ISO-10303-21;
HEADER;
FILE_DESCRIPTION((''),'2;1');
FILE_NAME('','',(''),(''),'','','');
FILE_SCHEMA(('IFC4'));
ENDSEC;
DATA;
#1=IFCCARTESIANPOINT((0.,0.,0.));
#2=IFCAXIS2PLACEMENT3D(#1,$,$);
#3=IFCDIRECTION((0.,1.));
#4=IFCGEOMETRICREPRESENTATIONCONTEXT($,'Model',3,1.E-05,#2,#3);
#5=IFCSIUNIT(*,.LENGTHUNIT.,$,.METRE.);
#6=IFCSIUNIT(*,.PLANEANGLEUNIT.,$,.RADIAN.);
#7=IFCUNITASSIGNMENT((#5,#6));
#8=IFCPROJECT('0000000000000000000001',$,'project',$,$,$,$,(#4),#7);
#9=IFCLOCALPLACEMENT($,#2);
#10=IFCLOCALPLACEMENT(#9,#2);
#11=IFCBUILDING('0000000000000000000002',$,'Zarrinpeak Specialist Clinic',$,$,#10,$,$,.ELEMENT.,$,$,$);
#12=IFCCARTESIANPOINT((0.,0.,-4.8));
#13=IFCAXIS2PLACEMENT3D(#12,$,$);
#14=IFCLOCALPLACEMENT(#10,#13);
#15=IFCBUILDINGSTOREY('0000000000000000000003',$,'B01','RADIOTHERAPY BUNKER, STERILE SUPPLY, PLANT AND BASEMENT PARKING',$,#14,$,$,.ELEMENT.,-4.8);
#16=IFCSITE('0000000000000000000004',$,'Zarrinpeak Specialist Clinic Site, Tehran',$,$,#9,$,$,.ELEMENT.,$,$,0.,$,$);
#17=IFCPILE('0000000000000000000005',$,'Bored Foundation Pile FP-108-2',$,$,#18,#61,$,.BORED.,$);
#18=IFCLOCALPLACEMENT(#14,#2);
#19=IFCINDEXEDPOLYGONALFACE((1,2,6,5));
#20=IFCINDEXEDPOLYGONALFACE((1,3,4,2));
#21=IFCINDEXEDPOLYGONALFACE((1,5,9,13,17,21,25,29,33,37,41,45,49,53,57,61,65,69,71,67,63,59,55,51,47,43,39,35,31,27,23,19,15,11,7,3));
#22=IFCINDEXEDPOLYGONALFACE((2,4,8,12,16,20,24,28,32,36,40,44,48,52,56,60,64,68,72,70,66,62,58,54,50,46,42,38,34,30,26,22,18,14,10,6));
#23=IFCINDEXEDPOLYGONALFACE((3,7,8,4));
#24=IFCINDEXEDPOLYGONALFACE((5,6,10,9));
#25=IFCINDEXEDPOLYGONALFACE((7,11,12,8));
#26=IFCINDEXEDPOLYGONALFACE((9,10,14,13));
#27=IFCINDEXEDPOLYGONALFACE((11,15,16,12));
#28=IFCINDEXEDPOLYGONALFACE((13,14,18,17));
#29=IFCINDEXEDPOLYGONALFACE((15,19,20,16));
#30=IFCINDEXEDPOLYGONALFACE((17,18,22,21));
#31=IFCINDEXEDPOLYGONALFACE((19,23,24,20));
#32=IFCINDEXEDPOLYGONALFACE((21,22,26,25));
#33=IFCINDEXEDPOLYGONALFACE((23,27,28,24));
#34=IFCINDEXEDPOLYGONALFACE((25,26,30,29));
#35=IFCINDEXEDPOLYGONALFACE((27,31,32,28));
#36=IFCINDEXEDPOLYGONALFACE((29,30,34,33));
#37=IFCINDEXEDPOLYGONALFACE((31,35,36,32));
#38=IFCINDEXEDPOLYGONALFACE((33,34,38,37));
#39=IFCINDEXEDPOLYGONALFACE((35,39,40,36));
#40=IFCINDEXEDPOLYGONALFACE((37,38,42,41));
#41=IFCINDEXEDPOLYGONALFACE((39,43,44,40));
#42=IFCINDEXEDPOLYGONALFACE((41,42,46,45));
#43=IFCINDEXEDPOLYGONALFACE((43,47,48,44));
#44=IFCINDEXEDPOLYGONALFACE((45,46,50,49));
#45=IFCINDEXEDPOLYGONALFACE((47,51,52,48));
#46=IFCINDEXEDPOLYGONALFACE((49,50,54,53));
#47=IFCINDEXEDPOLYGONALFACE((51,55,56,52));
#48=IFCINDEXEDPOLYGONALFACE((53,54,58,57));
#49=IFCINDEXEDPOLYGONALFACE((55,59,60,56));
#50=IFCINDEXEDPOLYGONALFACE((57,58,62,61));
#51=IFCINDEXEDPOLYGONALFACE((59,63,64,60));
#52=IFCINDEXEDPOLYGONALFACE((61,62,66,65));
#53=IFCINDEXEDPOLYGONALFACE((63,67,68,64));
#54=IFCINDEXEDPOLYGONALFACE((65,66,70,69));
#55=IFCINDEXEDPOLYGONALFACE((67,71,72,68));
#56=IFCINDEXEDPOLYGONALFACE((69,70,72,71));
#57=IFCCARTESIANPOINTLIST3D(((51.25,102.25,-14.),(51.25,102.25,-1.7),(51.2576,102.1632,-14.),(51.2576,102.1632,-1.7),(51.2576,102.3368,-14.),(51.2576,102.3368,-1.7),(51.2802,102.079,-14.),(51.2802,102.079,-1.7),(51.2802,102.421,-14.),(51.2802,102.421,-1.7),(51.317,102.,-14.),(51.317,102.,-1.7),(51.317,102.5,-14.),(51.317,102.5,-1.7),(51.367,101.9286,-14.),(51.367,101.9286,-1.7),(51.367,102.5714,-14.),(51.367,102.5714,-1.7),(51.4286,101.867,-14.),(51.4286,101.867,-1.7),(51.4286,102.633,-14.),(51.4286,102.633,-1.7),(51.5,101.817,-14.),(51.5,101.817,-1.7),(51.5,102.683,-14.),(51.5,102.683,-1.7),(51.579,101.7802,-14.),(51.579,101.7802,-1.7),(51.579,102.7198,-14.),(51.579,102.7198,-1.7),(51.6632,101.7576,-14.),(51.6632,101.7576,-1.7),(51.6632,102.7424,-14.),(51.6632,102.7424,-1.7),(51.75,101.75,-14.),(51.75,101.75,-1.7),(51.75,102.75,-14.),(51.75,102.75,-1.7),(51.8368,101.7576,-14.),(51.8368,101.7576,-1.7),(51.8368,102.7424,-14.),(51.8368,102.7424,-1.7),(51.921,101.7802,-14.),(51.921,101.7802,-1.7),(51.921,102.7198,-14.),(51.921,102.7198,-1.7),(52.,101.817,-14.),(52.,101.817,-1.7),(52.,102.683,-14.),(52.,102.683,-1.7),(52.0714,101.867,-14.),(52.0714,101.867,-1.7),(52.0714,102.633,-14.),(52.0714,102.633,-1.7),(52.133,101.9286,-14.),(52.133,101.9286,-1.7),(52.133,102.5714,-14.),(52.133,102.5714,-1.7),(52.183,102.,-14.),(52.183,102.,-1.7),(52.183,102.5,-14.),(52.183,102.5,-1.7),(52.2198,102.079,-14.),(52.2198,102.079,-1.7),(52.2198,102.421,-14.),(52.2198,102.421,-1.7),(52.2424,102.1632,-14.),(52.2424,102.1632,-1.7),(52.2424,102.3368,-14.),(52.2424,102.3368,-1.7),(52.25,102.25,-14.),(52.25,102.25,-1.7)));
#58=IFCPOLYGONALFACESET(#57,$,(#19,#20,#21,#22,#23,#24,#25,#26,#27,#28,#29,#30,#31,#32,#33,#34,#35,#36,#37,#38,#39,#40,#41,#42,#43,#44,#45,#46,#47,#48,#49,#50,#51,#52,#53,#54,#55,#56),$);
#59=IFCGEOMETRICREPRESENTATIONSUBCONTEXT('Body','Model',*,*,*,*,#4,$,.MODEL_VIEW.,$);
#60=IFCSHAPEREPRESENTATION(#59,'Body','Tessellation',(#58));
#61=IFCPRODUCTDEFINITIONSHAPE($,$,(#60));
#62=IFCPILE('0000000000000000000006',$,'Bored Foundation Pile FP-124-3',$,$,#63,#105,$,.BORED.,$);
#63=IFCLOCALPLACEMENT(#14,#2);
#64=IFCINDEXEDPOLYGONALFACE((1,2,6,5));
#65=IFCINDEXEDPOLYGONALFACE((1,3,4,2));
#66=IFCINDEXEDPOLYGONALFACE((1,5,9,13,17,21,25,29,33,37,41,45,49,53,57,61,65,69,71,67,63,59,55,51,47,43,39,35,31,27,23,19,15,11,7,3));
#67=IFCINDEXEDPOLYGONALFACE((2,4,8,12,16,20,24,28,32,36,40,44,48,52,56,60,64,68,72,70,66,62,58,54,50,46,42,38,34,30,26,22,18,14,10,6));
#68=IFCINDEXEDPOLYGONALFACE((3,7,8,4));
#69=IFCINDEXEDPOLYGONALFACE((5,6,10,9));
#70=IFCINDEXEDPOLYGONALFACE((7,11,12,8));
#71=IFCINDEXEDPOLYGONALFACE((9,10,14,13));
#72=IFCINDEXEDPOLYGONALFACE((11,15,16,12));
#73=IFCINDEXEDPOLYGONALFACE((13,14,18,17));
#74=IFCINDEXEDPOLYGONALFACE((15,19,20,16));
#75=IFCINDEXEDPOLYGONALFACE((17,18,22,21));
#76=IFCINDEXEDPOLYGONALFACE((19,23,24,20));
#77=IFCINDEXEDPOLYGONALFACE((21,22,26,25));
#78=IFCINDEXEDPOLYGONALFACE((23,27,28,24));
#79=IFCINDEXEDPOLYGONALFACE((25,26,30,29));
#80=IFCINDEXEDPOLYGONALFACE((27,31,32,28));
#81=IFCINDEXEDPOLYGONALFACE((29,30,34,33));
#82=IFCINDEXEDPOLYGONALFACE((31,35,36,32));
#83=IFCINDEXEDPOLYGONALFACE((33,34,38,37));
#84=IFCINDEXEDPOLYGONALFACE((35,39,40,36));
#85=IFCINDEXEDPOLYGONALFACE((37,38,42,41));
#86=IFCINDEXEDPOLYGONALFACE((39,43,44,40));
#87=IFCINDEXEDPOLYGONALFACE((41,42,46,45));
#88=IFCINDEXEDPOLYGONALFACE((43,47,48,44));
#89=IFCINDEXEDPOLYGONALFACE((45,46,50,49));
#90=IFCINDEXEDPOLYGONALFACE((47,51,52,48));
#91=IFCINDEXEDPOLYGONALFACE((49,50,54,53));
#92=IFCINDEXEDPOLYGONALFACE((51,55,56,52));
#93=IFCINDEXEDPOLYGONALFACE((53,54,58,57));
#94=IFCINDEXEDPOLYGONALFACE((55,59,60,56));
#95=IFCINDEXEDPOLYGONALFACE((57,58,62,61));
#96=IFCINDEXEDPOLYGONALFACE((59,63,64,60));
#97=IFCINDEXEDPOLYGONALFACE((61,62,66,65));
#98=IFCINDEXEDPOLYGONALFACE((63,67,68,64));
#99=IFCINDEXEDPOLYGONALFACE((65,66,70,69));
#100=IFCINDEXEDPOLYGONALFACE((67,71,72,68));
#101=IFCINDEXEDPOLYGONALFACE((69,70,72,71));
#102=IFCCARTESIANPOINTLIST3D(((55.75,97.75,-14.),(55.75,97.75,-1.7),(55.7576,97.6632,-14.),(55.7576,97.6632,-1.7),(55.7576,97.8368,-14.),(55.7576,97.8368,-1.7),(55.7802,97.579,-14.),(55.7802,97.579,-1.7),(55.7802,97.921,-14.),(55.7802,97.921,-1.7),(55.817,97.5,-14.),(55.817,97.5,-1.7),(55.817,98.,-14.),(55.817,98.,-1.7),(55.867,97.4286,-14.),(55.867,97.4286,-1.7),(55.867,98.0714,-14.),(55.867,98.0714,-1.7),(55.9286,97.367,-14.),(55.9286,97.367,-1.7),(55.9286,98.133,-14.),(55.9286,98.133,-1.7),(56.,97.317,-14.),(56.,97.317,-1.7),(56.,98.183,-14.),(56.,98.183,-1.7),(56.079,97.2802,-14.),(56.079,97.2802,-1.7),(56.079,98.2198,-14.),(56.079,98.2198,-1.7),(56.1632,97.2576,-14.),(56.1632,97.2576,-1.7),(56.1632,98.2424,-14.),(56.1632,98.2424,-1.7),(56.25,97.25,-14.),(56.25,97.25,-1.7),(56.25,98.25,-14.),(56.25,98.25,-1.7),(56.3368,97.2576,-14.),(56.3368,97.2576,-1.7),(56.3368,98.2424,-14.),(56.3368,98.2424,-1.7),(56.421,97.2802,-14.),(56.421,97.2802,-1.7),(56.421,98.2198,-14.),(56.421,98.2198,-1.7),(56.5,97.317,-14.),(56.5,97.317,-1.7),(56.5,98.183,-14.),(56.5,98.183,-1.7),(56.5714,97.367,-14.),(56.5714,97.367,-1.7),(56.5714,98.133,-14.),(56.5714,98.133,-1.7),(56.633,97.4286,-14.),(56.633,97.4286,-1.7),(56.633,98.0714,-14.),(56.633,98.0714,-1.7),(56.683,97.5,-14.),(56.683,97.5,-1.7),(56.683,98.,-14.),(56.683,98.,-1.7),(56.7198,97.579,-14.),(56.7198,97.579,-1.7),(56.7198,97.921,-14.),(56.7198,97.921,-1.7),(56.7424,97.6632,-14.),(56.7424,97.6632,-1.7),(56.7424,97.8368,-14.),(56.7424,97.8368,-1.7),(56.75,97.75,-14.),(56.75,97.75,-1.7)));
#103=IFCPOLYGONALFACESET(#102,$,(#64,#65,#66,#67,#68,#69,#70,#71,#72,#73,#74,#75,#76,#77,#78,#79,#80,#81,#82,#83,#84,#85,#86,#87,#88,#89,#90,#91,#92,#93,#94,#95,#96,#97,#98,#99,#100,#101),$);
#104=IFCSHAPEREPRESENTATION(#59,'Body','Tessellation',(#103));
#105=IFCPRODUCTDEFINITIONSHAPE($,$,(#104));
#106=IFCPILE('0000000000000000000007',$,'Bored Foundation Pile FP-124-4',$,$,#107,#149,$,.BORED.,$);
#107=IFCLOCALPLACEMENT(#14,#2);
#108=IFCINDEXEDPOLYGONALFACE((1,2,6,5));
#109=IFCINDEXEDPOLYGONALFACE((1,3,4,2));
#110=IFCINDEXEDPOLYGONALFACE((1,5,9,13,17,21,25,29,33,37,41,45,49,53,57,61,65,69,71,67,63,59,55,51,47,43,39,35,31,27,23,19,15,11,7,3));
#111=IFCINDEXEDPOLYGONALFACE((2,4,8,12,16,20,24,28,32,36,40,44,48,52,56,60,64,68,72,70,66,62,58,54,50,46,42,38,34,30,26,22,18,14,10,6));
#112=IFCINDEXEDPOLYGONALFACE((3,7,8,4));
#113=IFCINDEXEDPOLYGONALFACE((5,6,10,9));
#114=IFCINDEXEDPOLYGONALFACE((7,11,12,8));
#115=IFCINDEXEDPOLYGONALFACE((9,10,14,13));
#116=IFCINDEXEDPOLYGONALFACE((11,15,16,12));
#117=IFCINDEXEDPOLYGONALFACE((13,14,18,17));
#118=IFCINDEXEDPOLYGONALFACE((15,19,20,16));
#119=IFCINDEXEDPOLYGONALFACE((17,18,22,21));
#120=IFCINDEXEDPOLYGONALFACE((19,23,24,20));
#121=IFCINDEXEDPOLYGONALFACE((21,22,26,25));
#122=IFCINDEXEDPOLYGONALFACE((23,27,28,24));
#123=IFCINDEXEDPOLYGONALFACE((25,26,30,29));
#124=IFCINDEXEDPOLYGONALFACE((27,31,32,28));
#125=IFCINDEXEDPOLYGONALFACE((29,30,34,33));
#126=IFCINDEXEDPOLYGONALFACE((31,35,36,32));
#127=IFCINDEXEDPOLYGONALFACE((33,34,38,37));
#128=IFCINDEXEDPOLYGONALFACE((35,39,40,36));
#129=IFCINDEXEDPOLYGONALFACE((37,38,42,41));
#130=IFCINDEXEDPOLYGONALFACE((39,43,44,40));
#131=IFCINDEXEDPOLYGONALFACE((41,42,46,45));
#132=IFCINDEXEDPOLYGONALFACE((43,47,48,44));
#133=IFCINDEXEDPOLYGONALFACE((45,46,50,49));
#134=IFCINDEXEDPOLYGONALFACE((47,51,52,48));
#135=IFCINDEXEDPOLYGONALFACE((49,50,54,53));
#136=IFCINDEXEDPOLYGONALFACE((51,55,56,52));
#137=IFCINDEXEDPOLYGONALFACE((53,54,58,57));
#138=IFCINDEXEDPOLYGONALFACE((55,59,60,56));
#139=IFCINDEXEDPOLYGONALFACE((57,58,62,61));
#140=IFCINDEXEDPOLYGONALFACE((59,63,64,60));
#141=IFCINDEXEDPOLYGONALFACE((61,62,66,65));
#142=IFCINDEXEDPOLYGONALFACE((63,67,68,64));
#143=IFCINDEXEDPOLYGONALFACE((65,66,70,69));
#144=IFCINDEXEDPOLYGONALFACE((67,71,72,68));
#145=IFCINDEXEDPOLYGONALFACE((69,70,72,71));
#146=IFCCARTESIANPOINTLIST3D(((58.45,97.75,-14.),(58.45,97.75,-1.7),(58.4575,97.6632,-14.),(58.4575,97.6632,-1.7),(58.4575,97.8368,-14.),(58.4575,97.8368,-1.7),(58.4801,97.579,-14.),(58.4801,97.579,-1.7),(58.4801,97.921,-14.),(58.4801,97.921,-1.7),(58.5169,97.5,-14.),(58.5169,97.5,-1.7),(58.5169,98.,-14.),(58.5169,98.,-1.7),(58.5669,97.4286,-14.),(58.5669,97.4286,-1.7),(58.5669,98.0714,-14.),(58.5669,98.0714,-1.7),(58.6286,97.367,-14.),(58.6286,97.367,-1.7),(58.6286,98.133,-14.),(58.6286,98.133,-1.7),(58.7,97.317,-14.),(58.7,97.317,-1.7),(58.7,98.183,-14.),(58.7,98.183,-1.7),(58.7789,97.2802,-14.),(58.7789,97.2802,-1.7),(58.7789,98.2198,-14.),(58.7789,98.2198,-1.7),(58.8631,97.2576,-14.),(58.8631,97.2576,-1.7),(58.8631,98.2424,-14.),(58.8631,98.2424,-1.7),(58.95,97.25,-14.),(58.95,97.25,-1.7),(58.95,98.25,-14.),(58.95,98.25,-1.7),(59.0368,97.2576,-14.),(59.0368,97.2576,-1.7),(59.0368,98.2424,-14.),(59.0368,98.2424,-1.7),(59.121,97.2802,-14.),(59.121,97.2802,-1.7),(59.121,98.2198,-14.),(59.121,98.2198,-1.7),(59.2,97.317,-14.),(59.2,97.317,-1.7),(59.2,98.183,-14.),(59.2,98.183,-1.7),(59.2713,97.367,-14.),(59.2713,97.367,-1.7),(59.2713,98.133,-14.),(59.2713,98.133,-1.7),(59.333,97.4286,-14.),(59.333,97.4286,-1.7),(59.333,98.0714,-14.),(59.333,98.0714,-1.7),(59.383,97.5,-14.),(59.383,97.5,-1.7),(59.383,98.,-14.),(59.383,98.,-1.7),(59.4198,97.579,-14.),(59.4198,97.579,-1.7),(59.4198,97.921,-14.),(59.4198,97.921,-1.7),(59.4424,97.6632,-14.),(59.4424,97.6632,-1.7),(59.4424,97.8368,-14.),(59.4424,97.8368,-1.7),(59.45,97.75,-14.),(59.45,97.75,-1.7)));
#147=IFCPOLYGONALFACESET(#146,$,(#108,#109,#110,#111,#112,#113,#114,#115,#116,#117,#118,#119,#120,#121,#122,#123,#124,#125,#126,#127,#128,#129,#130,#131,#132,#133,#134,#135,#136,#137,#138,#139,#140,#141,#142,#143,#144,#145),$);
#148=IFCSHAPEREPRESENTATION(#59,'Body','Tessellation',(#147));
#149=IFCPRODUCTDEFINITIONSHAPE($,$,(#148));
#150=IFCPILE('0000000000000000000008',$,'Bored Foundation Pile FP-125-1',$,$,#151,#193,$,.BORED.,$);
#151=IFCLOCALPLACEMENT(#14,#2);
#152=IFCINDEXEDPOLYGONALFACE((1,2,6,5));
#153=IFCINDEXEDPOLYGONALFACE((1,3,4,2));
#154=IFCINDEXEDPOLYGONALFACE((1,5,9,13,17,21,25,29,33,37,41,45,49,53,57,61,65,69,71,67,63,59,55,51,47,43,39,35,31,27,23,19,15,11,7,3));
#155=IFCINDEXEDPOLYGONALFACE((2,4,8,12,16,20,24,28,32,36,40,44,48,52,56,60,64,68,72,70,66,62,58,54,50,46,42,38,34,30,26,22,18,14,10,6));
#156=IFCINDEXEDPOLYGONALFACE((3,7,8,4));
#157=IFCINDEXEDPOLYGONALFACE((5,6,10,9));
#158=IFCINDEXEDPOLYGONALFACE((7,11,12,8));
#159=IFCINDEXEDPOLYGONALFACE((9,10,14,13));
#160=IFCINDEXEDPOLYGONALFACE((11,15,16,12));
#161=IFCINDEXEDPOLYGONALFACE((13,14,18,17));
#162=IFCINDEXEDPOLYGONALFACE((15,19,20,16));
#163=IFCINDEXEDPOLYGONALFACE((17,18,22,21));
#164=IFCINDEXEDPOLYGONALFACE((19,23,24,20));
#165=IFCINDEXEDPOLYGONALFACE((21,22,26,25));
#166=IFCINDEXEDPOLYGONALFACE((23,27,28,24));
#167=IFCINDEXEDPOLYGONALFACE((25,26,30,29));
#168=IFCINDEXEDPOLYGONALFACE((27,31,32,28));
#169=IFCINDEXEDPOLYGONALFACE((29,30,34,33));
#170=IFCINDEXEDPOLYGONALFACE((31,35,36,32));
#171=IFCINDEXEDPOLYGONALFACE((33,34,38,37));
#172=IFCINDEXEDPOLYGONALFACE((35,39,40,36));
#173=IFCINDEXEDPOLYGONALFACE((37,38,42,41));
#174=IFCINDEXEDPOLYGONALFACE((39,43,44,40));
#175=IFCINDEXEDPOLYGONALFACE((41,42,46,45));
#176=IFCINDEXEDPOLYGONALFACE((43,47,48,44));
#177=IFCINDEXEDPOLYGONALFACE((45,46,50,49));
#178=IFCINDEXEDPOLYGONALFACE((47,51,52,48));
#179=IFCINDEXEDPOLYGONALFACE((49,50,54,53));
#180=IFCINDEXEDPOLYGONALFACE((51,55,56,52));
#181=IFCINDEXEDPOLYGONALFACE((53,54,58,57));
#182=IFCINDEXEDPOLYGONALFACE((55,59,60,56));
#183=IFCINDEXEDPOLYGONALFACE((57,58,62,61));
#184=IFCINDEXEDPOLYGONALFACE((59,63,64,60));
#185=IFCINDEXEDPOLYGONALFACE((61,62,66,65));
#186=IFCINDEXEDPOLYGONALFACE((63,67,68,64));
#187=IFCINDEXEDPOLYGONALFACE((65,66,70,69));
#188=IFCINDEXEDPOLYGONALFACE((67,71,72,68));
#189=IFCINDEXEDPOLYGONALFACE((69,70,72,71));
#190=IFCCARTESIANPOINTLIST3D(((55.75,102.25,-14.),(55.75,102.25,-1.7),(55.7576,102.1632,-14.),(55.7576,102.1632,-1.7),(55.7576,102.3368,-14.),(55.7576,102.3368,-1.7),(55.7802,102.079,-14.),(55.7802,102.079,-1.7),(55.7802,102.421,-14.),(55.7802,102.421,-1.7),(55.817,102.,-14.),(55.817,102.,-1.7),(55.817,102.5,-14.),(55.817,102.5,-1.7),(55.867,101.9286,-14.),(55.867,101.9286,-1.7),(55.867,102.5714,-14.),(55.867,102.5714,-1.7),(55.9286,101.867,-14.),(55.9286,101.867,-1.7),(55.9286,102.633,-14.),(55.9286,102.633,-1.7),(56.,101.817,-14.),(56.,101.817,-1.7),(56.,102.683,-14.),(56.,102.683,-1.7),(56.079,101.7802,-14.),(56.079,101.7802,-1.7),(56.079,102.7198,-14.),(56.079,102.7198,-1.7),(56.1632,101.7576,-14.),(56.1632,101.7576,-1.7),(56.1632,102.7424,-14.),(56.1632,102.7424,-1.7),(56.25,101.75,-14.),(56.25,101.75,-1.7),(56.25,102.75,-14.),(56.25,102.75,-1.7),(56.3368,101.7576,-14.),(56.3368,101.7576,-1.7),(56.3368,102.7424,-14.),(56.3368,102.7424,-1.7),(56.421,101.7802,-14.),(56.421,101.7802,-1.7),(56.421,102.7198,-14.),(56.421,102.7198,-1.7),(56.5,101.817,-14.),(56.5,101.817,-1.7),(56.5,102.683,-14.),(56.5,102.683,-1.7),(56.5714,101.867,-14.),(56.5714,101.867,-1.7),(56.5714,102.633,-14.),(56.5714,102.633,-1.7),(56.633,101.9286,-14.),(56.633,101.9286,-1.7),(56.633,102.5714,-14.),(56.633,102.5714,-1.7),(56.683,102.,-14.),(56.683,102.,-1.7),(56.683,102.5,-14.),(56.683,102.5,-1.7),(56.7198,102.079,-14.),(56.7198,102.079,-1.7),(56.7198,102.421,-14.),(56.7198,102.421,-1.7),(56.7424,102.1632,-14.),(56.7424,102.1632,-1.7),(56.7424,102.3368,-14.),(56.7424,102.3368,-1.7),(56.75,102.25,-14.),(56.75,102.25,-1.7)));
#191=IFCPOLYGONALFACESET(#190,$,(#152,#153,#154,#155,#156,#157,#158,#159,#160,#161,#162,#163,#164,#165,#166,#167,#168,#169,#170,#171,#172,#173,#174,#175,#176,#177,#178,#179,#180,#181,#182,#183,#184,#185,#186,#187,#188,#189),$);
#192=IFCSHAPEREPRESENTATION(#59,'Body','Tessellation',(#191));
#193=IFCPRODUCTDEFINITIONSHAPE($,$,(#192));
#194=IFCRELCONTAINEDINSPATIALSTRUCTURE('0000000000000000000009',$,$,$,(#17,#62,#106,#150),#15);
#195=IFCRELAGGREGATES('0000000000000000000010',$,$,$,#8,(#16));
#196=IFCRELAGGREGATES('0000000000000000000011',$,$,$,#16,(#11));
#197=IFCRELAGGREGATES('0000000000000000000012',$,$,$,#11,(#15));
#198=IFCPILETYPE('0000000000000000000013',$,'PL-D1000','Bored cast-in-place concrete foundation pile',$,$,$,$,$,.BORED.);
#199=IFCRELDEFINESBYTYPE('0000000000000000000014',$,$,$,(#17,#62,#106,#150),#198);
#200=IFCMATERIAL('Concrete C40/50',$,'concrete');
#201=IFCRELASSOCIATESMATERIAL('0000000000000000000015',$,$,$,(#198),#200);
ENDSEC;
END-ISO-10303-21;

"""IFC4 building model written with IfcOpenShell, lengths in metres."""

from ifc_helpers import new_model, si_unit, direction, frame, origin, origin_2d, place, context, subcontext, project, spatial, circle, extrude, material, material_profile, profile_set, type_object, element, save


model = new_model("IFC4")

# Units and contexts
model_context = context("Model", 3, precision=1e-05, world=origin(), true_north=direction((0.0, 1.0)))
body_context = subcontext(model_context, "Body", "Model", "MODEL_VIEW")
ifc_project = project(units=[si_unit("LENGTHUNIT", "METRE"), si_unit("PLANEANGLEUNIT", "RADIAN")], contexts=[model_context])

# Site, building, storey
site_placement = place(None, origin())
site = spatial("IfcSite", under=ifc_project, at=site_placement, Name="Zarrinpeak Specialist Clinic Site, Tehran", CompositionType="ELEMENT", RefElevation=0.0)
building_placement = place(site_placement, origin())
building = spatial("IfcBuilding", under=site, at=building_placement, Name="Zarrinpeak Specialist Clinic", CompositionType="ELEMENT")
storey_placement = place(building_placement, frame((0.0, 0.0, -4.8)))
storey = spatial("IfcBuildingStorey", under=building, at=storey_placement, Name="B01", Description="RADIOTHERAPY BUNKER, STERILE SUPPLY, PLANT AND BASEMENT PARKING", CompositionType="ELEMENT", Elevation=-4.8)

# Shared definitions
ifc_material_1 = material(Name="Concrete C40/50", Category="concrete")

# Piles
ifc_material_profile_1 = material_profile(ifc_material_1, circle(Radius=0.5, at=origin_2d()), Name="BORED PILE D1000")
ifc_profile_set_1 = profile_set([ifc_material_profile_1], Name="Concrete C40/50")
pile_type = type_object("IfcPileType", Name="PL-D1000", Description="Bored cast-in-place concrete foundation pile", PredefinedType="BORED", material=ifc_profile_set_1)
for number, where, z_axis, x_axis, name in (
    (1, (51.75, 102.25, -1.7), (0.0, 0.0, -1.0), (1.0, 0.0, 0.0), "Bored Foundation Pile FP-108-2"),
    (2, (56.25, 97.75, -1.7), (0.0, 0.0, -1.0), (1.0, 0.0, 0.0), "Bored Foundation Pile FP-124-3"),
    (3, (58.95, 97.75, -1.7), (0.0, 0.0, -1.0), (1.0, 0.0, 0.0), "Bored Foundation Pile FP-124-4"),
    (4, (56.25, 102.25, -1.7), (0.0, 0.0, -1.0), (1.0, 0.0, 0.0), "Bored Foundation Pile FP-125-1"),
):
    element("IfcPile", number, at=place(storey_placement, frame(where, z_axis=z_axis, x_axis=x_axis)), inside=storey, type_object=pile_type, Name=name, PredefinedType="BORED", context=body_context, shape_type="SweptSolid", body=[
        extrude(circle(Radius=0.5, at=origin_2d()), origin(), (0.0, 0.0, 1.0), 12.3),
    ])

save(model, "model.ifc")
